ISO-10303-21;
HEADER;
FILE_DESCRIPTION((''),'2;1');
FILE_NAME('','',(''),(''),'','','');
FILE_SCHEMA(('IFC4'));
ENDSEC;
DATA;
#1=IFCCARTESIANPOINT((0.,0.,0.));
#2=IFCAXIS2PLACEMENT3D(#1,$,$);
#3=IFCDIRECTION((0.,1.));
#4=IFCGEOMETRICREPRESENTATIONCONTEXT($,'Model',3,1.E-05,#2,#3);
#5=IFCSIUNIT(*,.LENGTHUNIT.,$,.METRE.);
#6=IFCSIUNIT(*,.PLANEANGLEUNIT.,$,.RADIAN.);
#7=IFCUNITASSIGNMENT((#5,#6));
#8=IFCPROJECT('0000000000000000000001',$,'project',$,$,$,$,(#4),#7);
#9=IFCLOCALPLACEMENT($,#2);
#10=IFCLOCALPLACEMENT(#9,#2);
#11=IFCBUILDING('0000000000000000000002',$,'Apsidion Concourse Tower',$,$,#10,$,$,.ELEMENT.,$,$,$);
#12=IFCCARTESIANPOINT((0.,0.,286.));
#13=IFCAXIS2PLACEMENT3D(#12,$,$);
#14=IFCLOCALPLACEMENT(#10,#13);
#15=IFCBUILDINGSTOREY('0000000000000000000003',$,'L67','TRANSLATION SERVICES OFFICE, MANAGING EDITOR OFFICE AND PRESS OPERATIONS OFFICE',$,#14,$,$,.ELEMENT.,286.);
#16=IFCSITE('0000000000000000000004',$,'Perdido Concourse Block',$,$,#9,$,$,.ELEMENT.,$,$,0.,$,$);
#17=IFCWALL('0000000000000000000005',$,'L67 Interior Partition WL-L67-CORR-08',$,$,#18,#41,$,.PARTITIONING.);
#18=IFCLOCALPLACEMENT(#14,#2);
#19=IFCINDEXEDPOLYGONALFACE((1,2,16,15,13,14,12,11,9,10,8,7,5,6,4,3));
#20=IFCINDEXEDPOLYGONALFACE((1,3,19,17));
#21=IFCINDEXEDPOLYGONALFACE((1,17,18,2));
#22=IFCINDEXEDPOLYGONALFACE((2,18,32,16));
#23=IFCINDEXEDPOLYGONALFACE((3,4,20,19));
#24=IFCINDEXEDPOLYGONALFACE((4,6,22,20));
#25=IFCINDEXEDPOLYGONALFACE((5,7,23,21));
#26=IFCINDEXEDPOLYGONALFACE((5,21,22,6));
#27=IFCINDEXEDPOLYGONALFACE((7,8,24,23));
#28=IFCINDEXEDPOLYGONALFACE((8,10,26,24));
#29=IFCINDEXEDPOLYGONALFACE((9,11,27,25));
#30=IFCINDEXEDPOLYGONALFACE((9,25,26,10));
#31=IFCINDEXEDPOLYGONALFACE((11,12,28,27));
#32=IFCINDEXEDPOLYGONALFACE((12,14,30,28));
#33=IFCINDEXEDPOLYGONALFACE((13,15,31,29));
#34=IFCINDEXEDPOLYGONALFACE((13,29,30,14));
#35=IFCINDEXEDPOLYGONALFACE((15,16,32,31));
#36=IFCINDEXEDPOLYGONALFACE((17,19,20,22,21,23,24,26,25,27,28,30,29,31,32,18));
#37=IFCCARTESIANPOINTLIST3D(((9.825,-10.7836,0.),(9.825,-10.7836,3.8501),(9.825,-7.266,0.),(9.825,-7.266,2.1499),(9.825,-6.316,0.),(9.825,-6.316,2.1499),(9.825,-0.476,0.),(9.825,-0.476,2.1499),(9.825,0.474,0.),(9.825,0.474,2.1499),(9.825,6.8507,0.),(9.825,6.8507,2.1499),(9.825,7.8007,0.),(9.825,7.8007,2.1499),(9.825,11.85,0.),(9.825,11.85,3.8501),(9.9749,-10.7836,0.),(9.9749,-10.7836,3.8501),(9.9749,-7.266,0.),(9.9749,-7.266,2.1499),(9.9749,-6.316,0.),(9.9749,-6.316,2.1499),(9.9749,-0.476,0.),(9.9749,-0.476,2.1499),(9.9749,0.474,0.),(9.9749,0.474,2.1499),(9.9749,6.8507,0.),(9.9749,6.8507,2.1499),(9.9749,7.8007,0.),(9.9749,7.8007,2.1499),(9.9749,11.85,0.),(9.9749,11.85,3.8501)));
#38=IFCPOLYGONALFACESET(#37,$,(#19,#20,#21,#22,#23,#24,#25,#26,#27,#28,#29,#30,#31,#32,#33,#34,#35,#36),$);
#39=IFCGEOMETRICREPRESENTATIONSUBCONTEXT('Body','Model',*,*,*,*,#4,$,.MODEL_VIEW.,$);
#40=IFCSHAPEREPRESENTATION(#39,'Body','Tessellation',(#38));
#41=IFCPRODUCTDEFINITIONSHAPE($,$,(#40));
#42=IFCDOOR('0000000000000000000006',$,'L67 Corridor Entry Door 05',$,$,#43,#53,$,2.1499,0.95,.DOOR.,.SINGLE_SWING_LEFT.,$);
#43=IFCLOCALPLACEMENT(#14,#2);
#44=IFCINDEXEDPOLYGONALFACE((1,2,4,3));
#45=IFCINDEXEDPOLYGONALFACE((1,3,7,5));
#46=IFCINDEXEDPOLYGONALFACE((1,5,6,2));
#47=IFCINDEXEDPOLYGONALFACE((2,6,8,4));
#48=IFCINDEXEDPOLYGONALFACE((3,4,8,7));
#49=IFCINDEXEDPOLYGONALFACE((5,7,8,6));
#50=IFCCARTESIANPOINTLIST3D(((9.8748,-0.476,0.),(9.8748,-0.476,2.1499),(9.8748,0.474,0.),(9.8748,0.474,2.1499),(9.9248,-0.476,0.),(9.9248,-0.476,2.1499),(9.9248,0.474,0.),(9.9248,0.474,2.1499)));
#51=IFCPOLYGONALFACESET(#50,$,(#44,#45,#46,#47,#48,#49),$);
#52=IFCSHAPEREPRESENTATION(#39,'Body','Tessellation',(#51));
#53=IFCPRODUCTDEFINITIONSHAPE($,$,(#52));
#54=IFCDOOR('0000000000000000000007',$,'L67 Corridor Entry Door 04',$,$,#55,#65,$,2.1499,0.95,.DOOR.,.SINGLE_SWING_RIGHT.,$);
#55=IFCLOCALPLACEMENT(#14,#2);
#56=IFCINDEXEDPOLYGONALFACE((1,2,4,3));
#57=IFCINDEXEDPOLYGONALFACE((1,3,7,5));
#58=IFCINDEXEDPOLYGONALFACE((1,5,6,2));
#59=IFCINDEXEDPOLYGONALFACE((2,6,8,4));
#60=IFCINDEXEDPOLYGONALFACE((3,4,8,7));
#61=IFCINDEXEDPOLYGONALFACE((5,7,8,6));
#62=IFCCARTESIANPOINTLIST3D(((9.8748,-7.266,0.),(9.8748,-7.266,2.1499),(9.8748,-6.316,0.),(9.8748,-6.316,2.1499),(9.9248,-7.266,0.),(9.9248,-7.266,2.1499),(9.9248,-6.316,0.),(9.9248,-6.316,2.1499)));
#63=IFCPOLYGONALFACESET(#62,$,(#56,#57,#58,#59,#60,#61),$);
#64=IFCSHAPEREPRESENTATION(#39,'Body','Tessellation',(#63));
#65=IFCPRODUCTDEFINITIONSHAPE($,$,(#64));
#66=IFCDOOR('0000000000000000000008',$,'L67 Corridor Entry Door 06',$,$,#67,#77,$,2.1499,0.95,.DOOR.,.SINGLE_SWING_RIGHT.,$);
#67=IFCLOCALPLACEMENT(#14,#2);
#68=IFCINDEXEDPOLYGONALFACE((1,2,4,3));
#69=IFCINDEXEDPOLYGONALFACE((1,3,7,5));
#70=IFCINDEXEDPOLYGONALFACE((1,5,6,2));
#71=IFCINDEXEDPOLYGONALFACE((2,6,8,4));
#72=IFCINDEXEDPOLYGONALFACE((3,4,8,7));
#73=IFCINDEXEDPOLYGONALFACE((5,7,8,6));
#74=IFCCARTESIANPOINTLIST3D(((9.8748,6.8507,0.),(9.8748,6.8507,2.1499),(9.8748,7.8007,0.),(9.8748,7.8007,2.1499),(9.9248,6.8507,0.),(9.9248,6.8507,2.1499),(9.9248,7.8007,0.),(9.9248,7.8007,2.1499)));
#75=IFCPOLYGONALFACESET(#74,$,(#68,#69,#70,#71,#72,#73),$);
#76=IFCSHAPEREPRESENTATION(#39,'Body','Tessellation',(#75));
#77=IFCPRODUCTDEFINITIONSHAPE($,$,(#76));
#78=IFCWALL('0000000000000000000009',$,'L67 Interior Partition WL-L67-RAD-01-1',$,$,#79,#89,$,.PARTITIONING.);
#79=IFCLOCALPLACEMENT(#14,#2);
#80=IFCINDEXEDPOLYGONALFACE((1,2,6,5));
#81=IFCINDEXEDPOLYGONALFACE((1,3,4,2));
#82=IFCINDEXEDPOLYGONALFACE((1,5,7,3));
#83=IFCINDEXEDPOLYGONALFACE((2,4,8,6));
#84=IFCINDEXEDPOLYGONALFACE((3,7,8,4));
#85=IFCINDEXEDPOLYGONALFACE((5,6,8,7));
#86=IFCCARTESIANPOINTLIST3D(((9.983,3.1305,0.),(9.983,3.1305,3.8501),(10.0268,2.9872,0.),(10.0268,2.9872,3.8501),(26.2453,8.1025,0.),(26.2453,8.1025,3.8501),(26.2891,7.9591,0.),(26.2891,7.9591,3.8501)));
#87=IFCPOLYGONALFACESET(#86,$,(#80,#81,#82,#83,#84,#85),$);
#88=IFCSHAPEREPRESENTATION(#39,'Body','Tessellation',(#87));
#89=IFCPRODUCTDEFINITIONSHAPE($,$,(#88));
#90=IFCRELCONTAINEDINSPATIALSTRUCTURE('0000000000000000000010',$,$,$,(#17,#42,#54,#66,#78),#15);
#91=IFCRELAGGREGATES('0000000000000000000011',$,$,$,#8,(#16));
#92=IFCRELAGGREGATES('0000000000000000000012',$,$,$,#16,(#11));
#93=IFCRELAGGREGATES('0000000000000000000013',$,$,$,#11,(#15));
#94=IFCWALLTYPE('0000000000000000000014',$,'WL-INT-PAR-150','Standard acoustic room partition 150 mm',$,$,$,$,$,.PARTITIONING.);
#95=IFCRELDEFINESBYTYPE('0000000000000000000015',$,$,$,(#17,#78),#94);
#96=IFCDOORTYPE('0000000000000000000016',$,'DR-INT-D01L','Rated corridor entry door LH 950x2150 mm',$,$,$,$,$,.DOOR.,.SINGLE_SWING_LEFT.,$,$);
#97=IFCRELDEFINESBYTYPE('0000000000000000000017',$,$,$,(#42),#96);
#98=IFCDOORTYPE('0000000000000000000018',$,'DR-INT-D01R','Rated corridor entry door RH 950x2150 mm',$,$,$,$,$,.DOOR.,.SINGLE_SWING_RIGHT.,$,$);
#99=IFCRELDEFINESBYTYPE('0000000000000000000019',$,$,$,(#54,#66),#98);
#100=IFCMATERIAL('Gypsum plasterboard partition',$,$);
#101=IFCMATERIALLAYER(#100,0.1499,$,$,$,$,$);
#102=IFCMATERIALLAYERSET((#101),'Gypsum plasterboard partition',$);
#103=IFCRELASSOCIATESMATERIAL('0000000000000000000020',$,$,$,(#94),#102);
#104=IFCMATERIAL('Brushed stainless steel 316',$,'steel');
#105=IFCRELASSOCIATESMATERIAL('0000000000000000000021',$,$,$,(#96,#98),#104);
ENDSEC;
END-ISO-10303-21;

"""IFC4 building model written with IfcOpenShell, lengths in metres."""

from ifc_helpers import new_model, si_unit, direction, frame, frame_2d, origin, place, context, subcontext, project, spatial, rectangle, extrude, material, layer, layer_set, type_object, element, fill, save


model = new_model("IFC4")

# Units and contexts
model_context = context("Model", 3, precision=1e-05, world=origin(), true_north=direction((0.0, 1.0)))
body_context = subcontext(model_context, "Body", "Model", "MODEL_VIEW")
ifc_project = project(units=[si_unit("LENGTHUNIT", "METRE"), si_unit("PLANEANGLEUNIT", "RADIAN")], contexts=[model_context])

# Site, building, storey
site_placement = place(None, origin())
site = spatial("IfcSite", under=ifc_project, at=site_placement, Name="Perdido Concourse Block", CompositionType="ELEMENT", RefElevation=0.0)
building_placement = place(site_placement, origin())
building = spatial("IfcBuilding", under=site, at=building_placement, Name="Apsidion Concourse Tower", CompositionType="ELEMENT")
storey_placement = place(building_placement, frame((0.0, 0.0, 286.0)))
storey = spatial("IfcBuildingStorey", under=building, at=storey_placement, Name="L67", Description="TRANSLATION SERVICES OFFICE, MANAGING EDITOR OFFICE AND PRESS OPERATIONS OFFICE", CompositionType="ELEMENT", Elevation=286.0)

# Wall, openings, doors
ifc_material_1 = material(Name="Gypsum plasterboard partition")
ifc_layer = layer(ifc_material_1, 0.1499)
ifc_layer_set = layer_set([ifc_layer], Name="Gypsum plasterboard partition")
wall_type = type_object("IfcWallType", Name="WL-INT-PAR-150", Description="Standard acoustic room partition 150 mm", PredefinedType="PARTITIONING", material=ifc_layer_set)
wall_1_placement = place(storey_placement, frame((9.8999, 11.8501, 0.0), z_axis=(0.0, 0.0, 1.0), x_axis=(0.0, -1.0, 0.0)))
wall_1 = element("IfcWall", 1, at=wall_1_placement, inside=storey, type_object=wall_type, Name="L67 Interior Partition WL-L67-CORR-08", PredefinedType="PARTITIONING", context=body_context, shape_type="SweptSolid", body=[
    extrude(rectangle(XDim=22.6335, YDim=0.1499, at=frame_2d((11.3169, 0.0))), origin(), (0.0, 0.0, 1.0), 3.8501),
])
opening_1_placement = place(wall_1_placement, frame((18.166, 0.0, 0.0)))
opening_1 = element("IfcOpeningElement", 2, at=opening_1_placement, cuts=wall_1, PredefinedType="OPENING", context=body_context, shape_type="SweptSolid", body=[
    extrude(rectangle(XDim=0.95, YDim=2.1499, at=frame_2d((0.4751, 1.075))), frame((0.0, 0.085, 0.0), z_axis=(0.0, -1.0, 0.0), x_axis=(1.0, 0.0, 0.0)), (0.0, 0.0, 1.0), 0.1699),
])
opening_2_placement = place(wall_1_placement, frame((11.376, 0.0, 0.0)))
opening_2 = element("IfcOpeningElement", 3, at=opening_2_placement, cuts=wall_1, PredefinedType="OPENING", context=body_context, shape_type="SweptSolid", body=[
    extrude(rectangle(XDim=0.95, YDim=2.1499, at=frame_2d((0.4751, 1.075))), frame((0.0, 0.085, 0.0), z_axis=(0.0, -1.0, 0.0), x_axis=(1.0, 0.0, 0.0)), (0.0, 0.0, 1.0), 0.1699),
])
opening_3_placement = place(wall_1_placement, frame((4.0493, 0.0, 0.0)))
opening_3 = element("IfcOpeningElement", 4, at=opening_3_placement, cuts=wall_1, PredefinedType="OPENING", context=body_context, shape_type="SweptSolid", body=[
    extrude(rectangle(XDim=0.95, YDim=2.1499, at=frame_2d((0.4751, 1.075))), frame((0.0, 0.085, 0.0), z_axis=(0.0, -1.0, 0.0), x_axis=(1.0, 0.0, 0.0)), (0.0, 0.0, 1.0), 0.1699),
])
ifc_material_2 = material(Name="Brushed stainless steel 316", Category="steel")
door_type_1 = type_object("IfcDoorType", Name="DR-INT-D01L", Description="Rated corridor entry door LH 950x2150 mm", OperationType="SINGLE_SWING_LEFT", PredefinedType="DOOR", material=ifc_material_2)
door_1_placement = place(opening_2_placement, origin())
door_1 = element("IfcDoor", 5, at=door_1_placement, inside=storey, type_object=door_type_1, Name="L67 Corridor Entry Door 05", OperationType="SINGLE_SWING_LEFT", OverallHeight=2.1499, OverallWidth=0.95, PredefinedType="DOOR", context=body_context, shape_type="SweptSolid", body=[
    extrude(rectangle(XDim=0.95, YDim=2.1499, at=frame_2d((0.4751, 1.075))), frame((0.0, 0.0249, 0.0), z_axis=(0.0, -1.0, 0.0), x_axis=(1.0, 0.0, 0.0)), (0.0, 0.0, 1.0), 0.05),
])
fill(opening_2, door_1)
door_type_2 = type_object("IfcDoorType", Name="DR-INT-D01R", Description="Rated corridor entry door RH 950x2150 mm", OperationType="SINGLE_SWING_RIGHT", PredefinedType="DOOR", material=ifc_material_2)
door_2_placement = place(opening_1_placement, origin())
door_2 = element("IfcDoor", 6, at=door_2_placement, inside=storey, type_object=door_type_2, Name="L67 Corridor Entry Door 04", OperationType="SINGLE_SWING_RIGHT", OverallHeight=2.1499, OverallWidth=0.95, PredefinedType="DOOR", context=body_context, shape_type="SweptSolid", body=[
    extrude(rectangle(XDim=0.95, YDim=2.1499, at=frame_2d((0.4751, 1.075))), frame((0.0, 0.0249, 0.0), z_axis=(0.0, -1.0, 0.0), x_axis=(1.0, 0.0, 0.0)), (0.0, 0.0, 1.0), 0.05),
])
fill(opening_1, door_2)
door_3_placement = place(opening_3_placement, origin())
door_3 = element("IfcDoor", 7, at=door_3_placement, inside=storey, type_object=door_type_2, Name="L67 Corridor Entry Door 06", OperationType="SINGLE_SWING_RIGHT", OverallHeight=2.1499, OverallWidth=0.95, PredefinedType="DOOR", context=body_context, shape_type="SweptSolid", body=[
    extrude(rectangle(XDim=0.95, YDim=2.1499, at=frame_2d((0.4751, 1.075))), frame((0.0, 0.0249, 0.0), z_axis=(0.0, -1.0, 0.0), x_axis=(1.0, 0.0, 0.0)), (0.0, 0.0, 1.0), 0.05),
])
fill(opening_3, door_3)

# Wall
wall_2_placement = place(storey_placement, frame((10.0049, 3.0588, 0.0), z_axis=(0.0, 0.0, 1.0), x_axis=(0.956304, 0.292375, 0.0)))
element("IfcWall", 8, at=wall_2_placement, inside=storey, type_object=wall_type, Name="L67 Interior Partition WL-L67-RAD-01-1", PredefinedType="PARTITIONING", context=body_context, shape_type="SweptSolid", body=[
    extrude(rectangle(XDim=17.0054, YDim=0.1499, at=frame_2d((8.5027, 0.0))), origin(), (0.0, 0.0, 1.0), 3.8501),
])

save(model, "model.ifc")
